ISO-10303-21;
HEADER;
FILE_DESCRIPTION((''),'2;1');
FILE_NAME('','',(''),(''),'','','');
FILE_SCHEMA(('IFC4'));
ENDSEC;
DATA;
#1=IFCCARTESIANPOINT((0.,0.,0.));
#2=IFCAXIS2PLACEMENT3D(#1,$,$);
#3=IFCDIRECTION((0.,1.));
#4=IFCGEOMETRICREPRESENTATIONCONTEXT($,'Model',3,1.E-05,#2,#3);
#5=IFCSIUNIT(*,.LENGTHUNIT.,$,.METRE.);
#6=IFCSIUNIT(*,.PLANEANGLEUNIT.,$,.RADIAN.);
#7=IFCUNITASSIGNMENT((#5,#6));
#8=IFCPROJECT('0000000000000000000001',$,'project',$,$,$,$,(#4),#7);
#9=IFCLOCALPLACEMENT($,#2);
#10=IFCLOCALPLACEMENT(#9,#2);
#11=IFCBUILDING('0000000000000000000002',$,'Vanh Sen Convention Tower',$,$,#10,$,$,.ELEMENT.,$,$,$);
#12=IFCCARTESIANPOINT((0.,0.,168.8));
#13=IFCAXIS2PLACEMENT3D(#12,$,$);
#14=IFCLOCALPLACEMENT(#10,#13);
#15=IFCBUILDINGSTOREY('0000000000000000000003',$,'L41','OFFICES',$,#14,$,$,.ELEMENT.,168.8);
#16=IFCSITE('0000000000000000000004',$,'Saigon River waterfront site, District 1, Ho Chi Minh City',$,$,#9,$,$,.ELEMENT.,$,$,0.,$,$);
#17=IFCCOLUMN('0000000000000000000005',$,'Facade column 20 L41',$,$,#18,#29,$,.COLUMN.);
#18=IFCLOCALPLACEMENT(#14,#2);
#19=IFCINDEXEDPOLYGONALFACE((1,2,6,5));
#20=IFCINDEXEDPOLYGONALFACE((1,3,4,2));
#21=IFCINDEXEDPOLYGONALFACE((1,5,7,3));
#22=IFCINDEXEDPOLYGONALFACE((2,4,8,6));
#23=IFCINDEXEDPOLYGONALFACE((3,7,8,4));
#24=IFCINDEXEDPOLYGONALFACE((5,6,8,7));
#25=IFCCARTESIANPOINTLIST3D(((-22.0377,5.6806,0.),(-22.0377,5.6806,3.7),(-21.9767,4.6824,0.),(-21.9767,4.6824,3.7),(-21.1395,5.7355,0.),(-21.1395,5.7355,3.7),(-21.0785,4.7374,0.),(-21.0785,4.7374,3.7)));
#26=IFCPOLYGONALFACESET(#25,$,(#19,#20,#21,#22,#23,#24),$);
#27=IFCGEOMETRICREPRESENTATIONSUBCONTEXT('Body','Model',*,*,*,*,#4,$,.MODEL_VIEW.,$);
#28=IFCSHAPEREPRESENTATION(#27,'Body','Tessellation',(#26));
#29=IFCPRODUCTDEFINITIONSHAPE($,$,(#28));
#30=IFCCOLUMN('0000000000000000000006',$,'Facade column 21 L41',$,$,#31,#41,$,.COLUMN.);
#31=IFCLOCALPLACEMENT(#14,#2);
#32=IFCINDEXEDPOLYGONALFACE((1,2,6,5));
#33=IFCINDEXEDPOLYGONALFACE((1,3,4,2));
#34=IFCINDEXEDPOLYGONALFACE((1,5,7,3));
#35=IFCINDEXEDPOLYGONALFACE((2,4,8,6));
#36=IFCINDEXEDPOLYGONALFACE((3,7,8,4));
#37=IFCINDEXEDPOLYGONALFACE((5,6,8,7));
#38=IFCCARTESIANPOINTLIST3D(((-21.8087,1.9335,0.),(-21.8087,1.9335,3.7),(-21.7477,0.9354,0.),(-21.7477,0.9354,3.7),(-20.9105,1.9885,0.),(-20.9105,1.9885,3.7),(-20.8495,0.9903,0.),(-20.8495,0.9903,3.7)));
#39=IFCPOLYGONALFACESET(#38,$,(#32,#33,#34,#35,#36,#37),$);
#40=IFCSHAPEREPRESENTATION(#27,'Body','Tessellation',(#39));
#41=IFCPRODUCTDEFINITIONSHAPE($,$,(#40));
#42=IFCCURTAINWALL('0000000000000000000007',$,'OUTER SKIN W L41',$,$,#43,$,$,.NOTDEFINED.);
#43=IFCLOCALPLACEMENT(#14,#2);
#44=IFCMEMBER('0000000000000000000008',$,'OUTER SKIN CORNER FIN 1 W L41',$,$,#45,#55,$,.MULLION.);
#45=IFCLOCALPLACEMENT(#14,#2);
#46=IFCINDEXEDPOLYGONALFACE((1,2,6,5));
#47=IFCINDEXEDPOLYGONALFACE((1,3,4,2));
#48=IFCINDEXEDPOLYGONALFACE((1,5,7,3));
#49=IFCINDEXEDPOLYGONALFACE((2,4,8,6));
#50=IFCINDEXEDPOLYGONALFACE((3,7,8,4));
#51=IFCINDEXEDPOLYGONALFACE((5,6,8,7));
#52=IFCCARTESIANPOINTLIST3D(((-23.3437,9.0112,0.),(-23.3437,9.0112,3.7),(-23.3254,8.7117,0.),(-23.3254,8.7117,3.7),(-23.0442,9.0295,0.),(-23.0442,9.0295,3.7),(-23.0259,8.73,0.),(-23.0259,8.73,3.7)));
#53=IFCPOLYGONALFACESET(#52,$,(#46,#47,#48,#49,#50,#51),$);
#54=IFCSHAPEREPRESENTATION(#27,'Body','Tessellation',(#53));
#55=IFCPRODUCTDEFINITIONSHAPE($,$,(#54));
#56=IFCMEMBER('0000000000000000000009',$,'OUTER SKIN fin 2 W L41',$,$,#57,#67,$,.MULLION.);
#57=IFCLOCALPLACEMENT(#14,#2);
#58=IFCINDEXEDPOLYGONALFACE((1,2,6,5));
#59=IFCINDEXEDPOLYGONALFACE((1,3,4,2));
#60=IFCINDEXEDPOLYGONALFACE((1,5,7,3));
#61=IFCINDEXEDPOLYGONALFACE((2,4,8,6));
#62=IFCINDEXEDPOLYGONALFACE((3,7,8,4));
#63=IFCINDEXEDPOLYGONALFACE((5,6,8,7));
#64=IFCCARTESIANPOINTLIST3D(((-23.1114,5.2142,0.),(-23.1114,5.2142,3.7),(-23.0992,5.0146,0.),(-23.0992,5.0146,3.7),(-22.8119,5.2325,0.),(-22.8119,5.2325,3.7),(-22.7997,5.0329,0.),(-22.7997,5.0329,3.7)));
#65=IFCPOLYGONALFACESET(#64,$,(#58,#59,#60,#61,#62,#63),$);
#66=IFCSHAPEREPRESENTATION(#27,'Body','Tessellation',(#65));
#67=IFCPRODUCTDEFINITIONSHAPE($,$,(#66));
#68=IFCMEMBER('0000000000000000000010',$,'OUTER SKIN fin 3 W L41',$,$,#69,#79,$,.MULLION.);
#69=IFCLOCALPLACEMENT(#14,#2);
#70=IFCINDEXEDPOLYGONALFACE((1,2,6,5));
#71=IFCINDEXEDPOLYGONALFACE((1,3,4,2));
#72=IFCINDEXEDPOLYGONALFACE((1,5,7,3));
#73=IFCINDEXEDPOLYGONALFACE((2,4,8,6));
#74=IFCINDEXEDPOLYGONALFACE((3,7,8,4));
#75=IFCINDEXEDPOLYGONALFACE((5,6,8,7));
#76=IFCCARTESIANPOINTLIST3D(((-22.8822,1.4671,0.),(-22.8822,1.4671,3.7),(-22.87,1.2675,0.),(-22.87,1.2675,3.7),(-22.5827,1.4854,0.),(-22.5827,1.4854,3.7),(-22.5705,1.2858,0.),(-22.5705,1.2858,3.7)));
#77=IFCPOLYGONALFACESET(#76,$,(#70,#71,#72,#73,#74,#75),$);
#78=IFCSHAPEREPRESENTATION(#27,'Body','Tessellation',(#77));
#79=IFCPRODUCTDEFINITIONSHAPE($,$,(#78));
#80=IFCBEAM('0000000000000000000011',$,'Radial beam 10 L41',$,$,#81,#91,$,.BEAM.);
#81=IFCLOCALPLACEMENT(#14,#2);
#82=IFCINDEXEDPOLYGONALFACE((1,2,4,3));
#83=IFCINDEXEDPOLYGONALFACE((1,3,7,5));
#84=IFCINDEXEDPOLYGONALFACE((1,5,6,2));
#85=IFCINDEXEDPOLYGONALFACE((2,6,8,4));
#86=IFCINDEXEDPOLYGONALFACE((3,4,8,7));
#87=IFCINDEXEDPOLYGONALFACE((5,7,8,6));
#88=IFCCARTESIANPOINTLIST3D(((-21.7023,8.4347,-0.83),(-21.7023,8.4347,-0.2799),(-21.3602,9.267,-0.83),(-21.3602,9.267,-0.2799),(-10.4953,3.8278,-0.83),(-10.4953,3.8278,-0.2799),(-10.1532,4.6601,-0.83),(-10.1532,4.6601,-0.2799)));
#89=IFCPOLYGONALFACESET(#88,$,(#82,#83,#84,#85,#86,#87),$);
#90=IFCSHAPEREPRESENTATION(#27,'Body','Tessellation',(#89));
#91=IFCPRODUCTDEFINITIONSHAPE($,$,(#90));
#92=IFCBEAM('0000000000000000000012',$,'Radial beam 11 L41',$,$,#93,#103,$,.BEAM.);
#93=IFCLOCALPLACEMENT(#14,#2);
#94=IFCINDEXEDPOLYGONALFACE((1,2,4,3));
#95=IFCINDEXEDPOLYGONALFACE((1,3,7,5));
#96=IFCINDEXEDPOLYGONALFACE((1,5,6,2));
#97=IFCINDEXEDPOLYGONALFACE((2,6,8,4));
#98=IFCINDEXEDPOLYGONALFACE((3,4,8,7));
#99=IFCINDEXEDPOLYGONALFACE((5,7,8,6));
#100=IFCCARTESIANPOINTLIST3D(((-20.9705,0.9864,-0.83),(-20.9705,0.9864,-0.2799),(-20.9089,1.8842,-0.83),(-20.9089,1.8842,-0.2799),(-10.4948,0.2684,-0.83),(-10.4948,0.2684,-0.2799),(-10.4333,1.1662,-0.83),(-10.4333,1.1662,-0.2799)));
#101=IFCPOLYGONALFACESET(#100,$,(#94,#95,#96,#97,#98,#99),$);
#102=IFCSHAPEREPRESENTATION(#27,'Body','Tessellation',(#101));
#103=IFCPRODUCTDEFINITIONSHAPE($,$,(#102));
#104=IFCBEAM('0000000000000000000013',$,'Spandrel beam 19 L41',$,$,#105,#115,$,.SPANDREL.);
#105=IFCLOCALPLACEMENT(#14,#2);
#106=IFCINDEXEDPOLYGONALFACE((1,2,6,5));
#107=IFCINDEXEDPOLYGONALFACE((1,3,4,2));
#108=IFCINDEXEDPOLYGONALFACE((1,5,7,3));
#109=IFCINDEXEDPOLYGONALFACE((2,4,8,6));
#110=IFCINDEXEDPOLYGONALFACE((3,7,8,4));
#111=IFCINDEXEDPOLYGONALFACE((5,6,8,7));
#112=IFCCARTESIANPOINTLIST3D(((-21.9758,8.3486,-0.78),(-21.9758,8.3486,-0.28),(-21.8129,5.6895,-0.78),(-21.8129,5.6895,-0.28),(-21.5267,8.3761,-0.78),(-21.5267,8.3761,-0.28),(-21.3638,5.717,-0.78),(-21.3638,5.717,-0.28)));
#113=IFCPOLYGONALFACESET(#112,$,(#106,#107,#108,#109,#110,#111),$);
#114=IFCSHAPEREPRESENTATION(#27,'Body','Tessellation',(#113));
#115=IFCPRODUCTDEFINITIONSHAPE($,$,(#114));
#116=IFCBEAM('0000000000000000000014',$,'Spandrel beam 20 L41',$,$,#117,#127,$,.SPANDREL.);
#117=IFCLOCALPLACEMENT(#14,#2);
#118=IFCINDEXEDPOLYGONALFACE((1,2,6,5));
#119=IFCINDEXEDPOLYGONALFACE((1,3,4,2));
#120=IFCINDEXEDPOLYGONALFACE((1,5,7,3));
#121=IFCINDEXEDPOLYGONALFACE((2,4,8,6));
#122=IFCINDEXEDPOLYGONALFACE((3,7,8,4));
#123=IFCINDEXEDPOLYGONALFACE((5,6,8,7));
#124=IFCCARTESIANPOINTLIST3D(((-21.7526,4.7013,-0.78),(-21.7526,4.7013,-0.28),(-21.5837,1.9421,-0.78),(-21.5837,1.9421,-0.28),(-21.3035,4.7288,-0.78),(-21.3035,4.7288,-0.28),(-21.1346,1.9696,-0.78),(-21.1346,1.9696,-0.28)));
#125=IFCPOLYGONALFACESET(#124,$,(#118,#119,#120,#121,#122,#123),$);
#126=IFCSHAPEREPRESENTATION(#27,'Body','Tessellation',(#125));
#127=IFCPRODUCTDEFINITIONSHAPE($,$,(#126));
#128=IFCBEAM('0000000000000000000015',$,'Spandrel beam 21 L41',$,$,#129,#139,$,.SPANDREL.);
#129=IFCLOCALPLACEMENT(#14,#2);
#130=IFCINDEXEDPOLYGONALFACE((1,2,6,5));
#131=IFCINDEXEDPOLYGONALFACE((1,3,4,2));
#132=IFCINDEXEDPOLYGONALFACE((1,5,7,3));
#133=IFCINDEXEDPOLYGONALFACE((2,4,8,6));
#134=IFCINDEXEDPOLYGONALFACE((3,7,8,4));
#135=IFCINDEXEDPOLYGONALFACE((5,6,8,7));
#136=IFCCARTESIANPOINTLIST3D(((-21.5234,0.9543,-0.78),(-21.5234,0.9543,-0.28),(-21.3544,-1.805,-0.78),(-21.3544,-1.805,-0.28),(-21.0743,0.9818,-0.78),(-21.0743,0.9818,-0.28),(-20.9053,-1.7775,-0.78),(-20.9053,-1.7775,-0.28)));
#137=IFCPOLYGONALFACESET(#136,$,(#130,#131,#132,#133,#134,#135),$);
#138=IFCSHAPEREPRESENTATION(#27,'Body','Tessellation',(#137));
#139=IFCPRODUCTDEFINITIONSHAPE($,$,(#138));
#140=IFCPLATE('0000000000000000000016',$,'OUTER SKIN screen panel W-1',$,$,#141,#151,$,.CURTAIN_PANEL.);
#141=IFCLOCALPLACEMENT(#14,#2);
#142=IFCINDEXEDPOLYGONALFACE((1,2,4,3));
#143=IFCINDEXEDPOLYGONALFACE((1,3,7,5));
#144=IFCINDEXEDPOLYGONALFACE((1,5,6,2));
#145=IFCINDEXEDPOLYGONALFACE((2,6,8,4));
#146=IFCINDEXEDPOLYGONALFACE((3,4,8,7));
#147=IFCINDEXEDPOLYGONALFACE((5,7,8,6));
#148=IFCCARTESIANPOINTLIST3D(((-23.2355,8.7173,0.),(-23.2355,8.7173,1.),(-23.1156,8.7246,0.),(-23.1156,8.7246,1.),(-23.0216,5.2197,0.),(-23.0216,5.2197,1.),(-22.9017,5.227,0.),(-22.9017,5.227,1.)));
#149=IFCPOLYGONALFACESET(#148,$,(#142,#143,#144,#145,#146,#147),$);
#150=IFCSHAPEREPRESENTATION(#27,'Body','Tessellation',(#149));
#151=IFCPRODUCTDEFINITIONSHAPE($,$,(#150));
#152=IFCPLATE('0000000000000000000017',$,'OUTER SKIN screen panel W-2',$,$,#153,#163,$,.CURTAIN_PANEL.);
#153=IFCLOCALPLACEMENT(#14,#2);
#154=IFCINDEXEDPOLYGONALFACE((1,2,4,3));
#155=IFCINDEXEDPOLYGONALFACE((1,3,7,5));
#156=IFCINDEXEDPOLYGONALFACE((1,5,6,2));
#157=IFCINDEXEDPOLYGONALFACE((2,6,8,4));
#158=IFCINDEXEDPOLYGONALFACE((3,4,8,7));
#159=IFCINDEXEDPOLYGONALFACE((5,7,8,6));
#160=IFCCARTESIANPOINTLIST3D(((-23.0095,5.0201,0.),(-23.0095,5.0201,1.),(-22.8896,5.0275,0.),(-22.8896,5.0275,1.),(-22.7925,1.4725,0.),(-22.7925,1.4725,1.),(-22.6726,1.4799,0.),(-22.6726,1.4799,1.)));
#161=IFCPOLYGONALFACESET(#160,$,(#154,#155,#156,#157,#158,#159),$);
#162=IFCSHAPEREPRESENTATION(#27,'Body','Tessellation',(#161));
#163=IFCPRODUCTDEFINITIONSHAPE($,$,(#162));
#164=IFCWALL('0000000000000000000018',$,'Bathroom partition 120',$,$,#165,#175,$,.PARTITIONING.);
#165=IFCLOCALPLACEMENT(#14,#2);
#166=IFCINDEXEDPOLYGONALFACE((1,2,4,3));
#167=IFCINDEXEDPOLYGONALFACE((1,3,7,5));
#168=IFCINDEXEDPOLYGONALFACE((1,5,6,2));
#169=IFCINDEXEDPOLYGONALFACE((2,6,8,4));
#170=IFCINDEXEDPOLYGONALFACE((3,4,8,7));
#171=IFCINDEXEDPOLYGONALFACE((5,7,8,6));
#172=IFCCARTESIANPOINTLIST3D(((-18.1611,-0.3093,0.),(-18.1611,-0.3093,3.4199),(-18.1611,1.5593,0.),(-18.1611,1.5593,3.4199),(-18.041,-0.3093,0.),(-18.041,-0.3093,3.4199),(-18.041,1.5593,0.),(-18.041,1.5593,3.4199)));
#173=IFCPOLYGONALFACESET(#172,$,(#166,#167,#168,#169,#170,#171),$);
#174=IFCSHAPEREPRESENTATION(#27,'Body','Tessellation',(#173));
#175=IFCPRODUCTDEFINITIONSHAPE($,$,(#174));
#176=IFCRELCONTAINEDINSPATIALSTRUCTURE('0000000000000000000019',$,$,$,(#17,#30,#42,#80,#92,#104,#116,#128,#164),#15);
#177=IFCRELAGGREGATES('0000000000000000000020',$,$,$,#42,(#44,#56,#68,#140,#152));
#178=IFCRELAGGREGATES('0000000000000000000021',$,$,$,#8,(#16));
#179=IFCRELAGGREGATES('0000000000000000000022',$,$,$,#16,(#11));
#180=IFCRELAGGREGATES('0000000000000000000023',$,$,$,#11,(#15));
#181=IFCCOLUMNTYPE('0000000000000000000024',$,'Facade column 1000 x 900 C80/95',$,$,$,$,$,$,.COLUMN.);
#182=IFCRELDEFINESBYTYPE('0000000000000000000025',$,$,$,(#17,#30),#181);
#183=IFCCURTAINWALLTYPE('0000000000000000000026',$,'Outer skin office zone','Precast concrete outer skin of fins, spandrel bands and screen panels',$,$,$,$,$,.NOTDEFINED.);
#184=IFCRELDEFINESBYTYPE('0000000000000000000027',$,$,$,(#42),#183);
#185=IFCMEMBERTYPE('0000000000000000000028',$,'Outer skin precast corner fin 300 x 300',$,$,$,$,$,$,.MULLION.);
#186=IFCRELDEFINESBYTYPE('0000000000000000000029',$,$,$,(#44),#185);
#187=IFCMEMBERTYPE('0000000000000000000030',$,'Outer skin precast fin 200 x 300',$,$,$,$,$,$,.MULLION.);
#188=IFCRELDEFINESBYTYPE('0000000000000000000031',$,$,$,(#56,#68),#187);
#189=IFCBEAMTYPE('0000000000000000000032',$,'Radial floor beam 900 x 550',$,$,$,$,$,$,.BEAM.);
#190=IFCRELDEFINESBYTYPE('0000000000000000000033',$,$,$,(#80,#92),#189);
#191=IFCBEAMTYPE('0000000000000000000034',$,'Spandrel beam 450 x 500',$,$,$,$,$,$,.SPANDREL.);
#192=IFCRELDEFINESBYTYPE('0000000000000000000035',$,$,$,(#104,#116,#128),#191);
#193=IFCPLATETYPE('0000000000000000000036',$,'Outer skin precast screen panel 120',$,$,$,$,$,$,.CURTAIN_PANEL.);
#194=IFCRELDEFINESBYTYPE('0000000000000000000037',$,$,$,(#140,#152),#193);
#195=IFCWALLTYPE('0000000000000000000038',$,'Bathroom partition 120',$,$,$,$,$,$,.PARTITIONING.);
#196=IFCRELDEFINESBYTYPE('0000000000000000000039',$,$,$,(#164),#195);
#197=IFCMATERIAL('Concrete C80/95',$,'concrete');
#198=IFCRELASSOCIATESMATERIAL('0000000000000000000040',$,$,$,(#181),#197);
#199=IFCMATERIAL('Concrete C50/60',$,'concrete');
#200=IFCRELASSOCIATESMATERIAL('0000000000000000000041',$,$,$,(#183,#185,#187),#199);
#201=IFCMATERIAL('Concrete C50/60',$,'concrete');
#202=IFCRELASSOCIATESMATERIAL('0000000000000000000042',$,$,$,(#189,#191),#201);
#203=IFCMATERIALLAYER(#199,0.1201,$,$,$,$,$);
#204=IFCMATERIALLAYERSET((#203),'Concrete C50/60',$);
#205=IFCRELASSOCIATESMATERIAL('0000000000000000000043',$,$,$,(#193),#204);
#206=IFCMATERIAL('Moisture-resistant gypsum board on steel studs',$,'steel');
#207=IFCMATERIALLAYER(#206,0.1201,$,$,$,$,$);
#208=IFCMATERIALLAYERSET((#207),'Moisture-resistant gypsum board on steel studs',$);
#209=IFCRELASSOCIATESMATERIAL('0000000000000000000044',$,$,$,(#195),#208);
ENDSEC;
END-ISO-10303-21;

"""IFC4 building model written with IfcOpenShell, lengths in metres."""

from ifc_helpers import new_model, si_unit, direction, frame, frame_2d, origin, origin_2d, place, context, subcontext, project, spatial, rectangle, extrude, material, layer, layer_set, material_profile, profile_set, type_object, element, aggregate, save


model = new_model("IFC4")

# Units and contexts
model_context = context("Model", 3, precision=1e-05, world=origin(), true_north=direction((0.0, 1.0)))
body_context = subcontext(model_context, "Body", "Model", "MODEL_VIEW")
ifc_project = project(units=[si_unit("LENGTHUNIT", "METRE"), si_unit("PLANEANGLEUNIT", "RADIAN")], contexts=[model_context])

# Site, building, storey
site_placement = place(None, origin())
site = spatial("IfcSite", under=ifc_project, at=site_placement, Name="Saigon River waterfront site, District 1, Ho Chi Minh City", CompositionType="ELEMENT", RefElevation=0.0)
building_placement = place(site_placement, origin())
building = spatial("IfcBuilding", under=site, at=building_placement, Name="Vanh Sen Convention Tower", CompositionType="ELEMENT")
storey_placement = place(building_placement, frame((0.0, 0.0, 168.8)))
storey = spatial("IfcBuildingStorey", under=building, at=storey_placement, Name="L41", Description="OFFICES", CompositionType="ELEMENT", Elevation=168.8)

# Columns
ifc_material_1 = material(Name="Concrete C80/95", Category="concrete")
ifc_material_profile_1 = material_profile(ifc_material_1, rectangle(XDim=1.0, YDim=0.8999, at=origin_2d()), Name="RC 1000X900")
ifc_profile_set_1 = profile_set([ifc_material_profile_1], Name="Concrete C80/95")
column_type = type_object("IfcColumnType", Name="Facade column 1000 x 900 C80/95", PredefinedType="COLUMN", material=ifc_profile_set_1)
for number, where, z_axis, x_axis, name in (
    (1, (-21.5581, 5.209, 0.0), (0.0, 0.0, 1.0), (0.061049, -0.998135, 0.0), "Facade column 20 L41"),
    (2, (-21.3291, 1.4619, 0.0), (0.0, 0.0, 1.0), (0.061049, -0.998135, 0.0), "Facade column 21 L41"),
):
    element("IfcColumn", number, at=place(storey_placement, frame(where, z_axis=z_axis, x_axis=x_axis)), inside=storey, type_object=column_type, Name=name, PredefinedType="COLUMN", context=body_context, shape_type="SweptSolid", body=[
        extrude(rectangle(XDim=1.0, YDim=0.8999, at=origin_2d()), origin(), (0.0, 0.0, 1.0), 3.7),
    ])

# Curtain wall, members
ifc_material_2 = material(Name="Concrete C50/60", Category="concrete")
curtain_wall_type = type_object("IfcCurtainWallType", Name="Outer skin office zone", Description="Precast concrete outer skin of fins, spandrel bands and screen panels", PredefinedType="NOTDEFINED", material=ifc_material_2)
curtain_wall_placement = place(storey_placement, origin())
curtain_wall = element("IfcCurtainWall", 3, at=curtain_wall_placement, inside=storey, type_object=curtain_wall_type, Name="OUTER SKIN W L41", PredefinedType="NOTDEFINED")
ifc_material_profile_2 = material_profile(ifc_material_2, rectangle(XDim=0.3, YDim=0.3, at=origin_2d()), Name="Outer skin precast corner fin 300 x 300")
ifc_profile_set_2 = profile_set([ifc_material_profile_2], Name="Concrete C50/60")
member_type_1 = type_object("IfcMemberType", Name="Outer skin precast corner fin 300 x 300", PredefinedType="MULLION", material=ifc_profile_set_2)
member_1_placement = place(storey_placement, frame((-23.1848, 8.8706, 0.0), z_axis=(0.0, 0.0, 1.0), x_axis=(0.061049, -0.998135, 0.0)))
member_1 = element("IfcMember", 4, at=member_1_placement, type_object=member_type_1, Name="OUTER SKIN CORNER FIN 1 W L41", PredefinedType="MULLION", context=body_context, shape_type="SweptSolid", body=[
    extrude(rectangle(XDim=0.3, YDim=0.3, at=origin_2d()), origin(), (0.0, 0.0, 1.0), 3.7),
])
ifc_material_profile_3 = material_profile(ifc_material_2, rectangle(XDim=0.2, YDim=0.3, at=origin_2d()), Name="Outer skin precast fin 200 x 300")
ifc_profile_set_3 = profile_set([ifc_material_profile_3], Name="Concrete C50/60")
member_type_2 = type_object("IfcMemberType", Name="Outer skin precast fin 200 x 300", PredefinedType="MULLION", material=ifc_profile_set_3)
member_2_placement = place(storey_placement, frame((-22.9556, 5.1235, 0.0), z_axis=(0.0, 0.0, 1.0), x_axis=(0.061049, -0.998135, 0.0)))
member_2 = element("IfcMember", 5, at=member_2_placement, type_object=member_type_2, Name="OUTER SKIN fin 2 W L41", PredefinedType="MULLION", context=body_context, shape_type="SweptSolid", body=[
    extrude(rectangle(XDim=0.2, YDim=0.3, at=origin_2d()), origin(), (0.0, 0.0, 1.0), 3.7),
])
member_3_placement = place(storey_placement, frame((-22.7263, 1.3765, 0.0), z_axis=(0.0, 0.0, 1.0), x_axis=(0.061049, -0.998135, 0.0)))
member_3 = element("IfcMember", 6, at=member_3_placement, type_object=member_type_2, Name="OUTER SKIN fin 3 W L41", PredefinedType="MULLION", context=body_context, shape_type="SweptSolid", body=[
    extrude(rectangle(XDim=0.2, YDim=0.3, at=origin_2d()), origin(), (0.0, 0.0, 1.0), 3.7),
])

# Beams
ifc_material_3 = material(Name="Concrete C50/60", Category="concrete")
ifc_material_profile_4 = material_profile(ifc_material_3, rectangle(XDim=0.8999, YDim=0.55, at=origin_2d()), Name="RC 900X550")
ifc_profile_set_4 = profile_set([ifc_material_profile_4], Name="Concrete C50/60")
beam_type_1 = type_object("IfcBeamType", Name="Radial floor beam 900 x 550", PredefinedType="BEAM", material=ifc_profile_set_4)
beam_1_placement = place(storey_placement, frame((-21.5312, 8.8508, -0.5549), z_axis=(0.924902, -0.380205, 0.0), x_axis=(0.380205, 0.924902, 0.0)))
element("IfcBeam", 7, at=beam_1_placement, inside=storey, type_object=beam_type_1, Name="Radial beam 10 L41", PredefinedType="BEAM", context=body_context, shape_type="SweptSolid", body=[
    extrude(rectangle(XDim=0.8999, YDim=0.55, at=origin_2d()), origin(), (0.0, 0.0, 1.0), 12.1169),
])
beam_2_placement = place(storey_placement, frame((-20.9397, 1.4353, -0.5549), z_axis=(0.997659, -0.068382, 0.0), x_axis=(0.068382, 0.997659, 0.0)))
element("IfcBeam", 8, at=beam_2_placement, inside=storey, type_object=beam_type_1, Name="Radial beam 11 L41", PredefinedType="BEAM", context=body_context, shape_type="SweptSolid", body=[
    extrude(rectangle(XDim=0.8999, YDim=0.55, at=origin_2d()), origin(), (0.0, 0.0, 1.0), 10.5002),
])
ifc_material_profile_5 = material_profile(ifc_material_3, rectangle(XDim=0.45, YDim=0.5, at=origin_2d()), Name="RC 450X500")
ifc_profile_set_5 = profile_set([ifc_material_profile_5], Name="Concrete C50/60")
beam_type_2 = type_object("IfcBeamType", Name="Spandrel beam 450 x 500", PredefinedType="SPANDREL", material=ifc_profile_set_5)
beam_3_placement = place(storey_placement, frame((-21.7512, 8.3623, -0.53), z_axis=(0.061123, -0.99813, 0.0), x_axis=(0.99813, 0.061123, 0.0)))
element("IfcBeam", 9, at=beam_3_placement, inside=storey, type_object=beam_type_2, Name="Spandrel beam 19 L41", PredefinedType="SPANDREL", context=body_context, shape_type="SweptSolid", body=[
    extrude(rectangle(XDim=0.45, YDim=0.5, at=origin_2d()), origin(), (0.0, 0.0, 1.0), 2.6641),
])
for number, where, z_axis, x_axis, name in (
    (10, (-21.5281, 4.7151, -0.53), (0.061114, -0.998131, 0.0), (0.998131, 0.061114, 0.0), "Spandrel beam 20 L41"),
    (11, (-21.2988, 0.968, -0.53), (0.061114, -0.998131, 0.0), (0.998131, 0.061114, 0.0), "Spandrel beam 21 L41"),
):
    element("IfcBeam", number, at=place(storey_placement, frame(where, z_axis=z_axis, x_axis=x_axis)), inside=storey, type_object=beam_type_2, Name=name, PredefinedType="SPANDREL", context=body_context, shape_type="SweptSolid", body=[
        extrude(rectangle(XDim=0.45, YDim=0.5, at=origin_2d()), origin(), (0.0, 0.0, 1.0), 2.7644),
    ])

# Plates
ifc_layer_1 = layer(ifc_material_2, 0.1201)
ifc_layer_set_1 = layer_set([ifc_layer_1], Name="Concrete C50/60")
plate_type = type_object("IfcPlateType", Name="Outer skin precast screen panel 120", PredefinedType="CURTAIN_PANEL", material=ifc_layer_set_1)
plate_1_placement = place(storey_placement, frame((-23.0686, 6.9722, 0.0), z_axis=(0.0, 0.0, 1.0), x_axis=(0.061054, -0.998134, 0.0)))
plate_1 = element("IfcPlate", 12, at=plate_1_placement, type_object=plate_type, Name="OUTER SKIN screen panel W-1", PredefinedType="CURTAIN_PANEL", context=body_context, shape_type="SweptSolid", body=[
    extrude(rectangle(XDim=3.5042, YDim=0.1201, at=origin_2d()), origin(), (0.0, 0.0, 1.0), 1.0),
])
plate_2_placement = place(storey_placement, frame((-22.8411, 3.25, 0.0), z_axis=(0.0, 0.0, 1.0), x_axis=(0.061052, -0.998135, 0.0)))
plate_2 = element("IfcPlate", 13, at=plate_2_placement, type_object=plate_type, Name="OUTER SKIN screen panel W-2", PredefinedType="CURTAIN_PANEL", context=body_context, shape_type="SweptSolid", body=[
    extrude(rectangle(XDim=3.5542, YDim=0.1201, at=origin_2d()), origin(), (0.0, 0.0, 1.0), 1.0),
])
aggregate(curtain_wall, [member_1, member_2, member_3, plate_1, plate_2])

# Wall
ifc_material_4 = material(Name="Moisture-resistant gypsum board on steel studs", Category="steel")
ifc_layer_2 = layer(ifc_material_4, 0.1201)
ifc_layer_set_2 = layer_set([ifc_layer_2], Name="Moisture-resistant gypsum board on steel studs")
wall_type_1 = type_object("IfcWallType", Name="Bathroom partition 120", PredefinedType="PARTITIONING", material=ifc_layer_set_2)
wall_1_placement = place(storey_placement, frame((-18.1011, 1.5593, 0.0), z_axis=(0.0, 0.0, 1.0), x_axis=(0.0, -1.0, 0.0)))
element("IfcWall", 14, at=wall_1_placement, inside=storey, type_object=wall_type_1, Name="Bathroom partition 120", PredefinedType="PARTITIONING", context=body_context, shape_type="SweptSolid", body=[
    extrude(rectangle(XDim=1.8687, YDim=0.1201, at=frame_2d((0.9343, 0.0))), origin(), (0.0, 0.0, 1.0), 3.4199),
])

save(model, "model.ifc")
